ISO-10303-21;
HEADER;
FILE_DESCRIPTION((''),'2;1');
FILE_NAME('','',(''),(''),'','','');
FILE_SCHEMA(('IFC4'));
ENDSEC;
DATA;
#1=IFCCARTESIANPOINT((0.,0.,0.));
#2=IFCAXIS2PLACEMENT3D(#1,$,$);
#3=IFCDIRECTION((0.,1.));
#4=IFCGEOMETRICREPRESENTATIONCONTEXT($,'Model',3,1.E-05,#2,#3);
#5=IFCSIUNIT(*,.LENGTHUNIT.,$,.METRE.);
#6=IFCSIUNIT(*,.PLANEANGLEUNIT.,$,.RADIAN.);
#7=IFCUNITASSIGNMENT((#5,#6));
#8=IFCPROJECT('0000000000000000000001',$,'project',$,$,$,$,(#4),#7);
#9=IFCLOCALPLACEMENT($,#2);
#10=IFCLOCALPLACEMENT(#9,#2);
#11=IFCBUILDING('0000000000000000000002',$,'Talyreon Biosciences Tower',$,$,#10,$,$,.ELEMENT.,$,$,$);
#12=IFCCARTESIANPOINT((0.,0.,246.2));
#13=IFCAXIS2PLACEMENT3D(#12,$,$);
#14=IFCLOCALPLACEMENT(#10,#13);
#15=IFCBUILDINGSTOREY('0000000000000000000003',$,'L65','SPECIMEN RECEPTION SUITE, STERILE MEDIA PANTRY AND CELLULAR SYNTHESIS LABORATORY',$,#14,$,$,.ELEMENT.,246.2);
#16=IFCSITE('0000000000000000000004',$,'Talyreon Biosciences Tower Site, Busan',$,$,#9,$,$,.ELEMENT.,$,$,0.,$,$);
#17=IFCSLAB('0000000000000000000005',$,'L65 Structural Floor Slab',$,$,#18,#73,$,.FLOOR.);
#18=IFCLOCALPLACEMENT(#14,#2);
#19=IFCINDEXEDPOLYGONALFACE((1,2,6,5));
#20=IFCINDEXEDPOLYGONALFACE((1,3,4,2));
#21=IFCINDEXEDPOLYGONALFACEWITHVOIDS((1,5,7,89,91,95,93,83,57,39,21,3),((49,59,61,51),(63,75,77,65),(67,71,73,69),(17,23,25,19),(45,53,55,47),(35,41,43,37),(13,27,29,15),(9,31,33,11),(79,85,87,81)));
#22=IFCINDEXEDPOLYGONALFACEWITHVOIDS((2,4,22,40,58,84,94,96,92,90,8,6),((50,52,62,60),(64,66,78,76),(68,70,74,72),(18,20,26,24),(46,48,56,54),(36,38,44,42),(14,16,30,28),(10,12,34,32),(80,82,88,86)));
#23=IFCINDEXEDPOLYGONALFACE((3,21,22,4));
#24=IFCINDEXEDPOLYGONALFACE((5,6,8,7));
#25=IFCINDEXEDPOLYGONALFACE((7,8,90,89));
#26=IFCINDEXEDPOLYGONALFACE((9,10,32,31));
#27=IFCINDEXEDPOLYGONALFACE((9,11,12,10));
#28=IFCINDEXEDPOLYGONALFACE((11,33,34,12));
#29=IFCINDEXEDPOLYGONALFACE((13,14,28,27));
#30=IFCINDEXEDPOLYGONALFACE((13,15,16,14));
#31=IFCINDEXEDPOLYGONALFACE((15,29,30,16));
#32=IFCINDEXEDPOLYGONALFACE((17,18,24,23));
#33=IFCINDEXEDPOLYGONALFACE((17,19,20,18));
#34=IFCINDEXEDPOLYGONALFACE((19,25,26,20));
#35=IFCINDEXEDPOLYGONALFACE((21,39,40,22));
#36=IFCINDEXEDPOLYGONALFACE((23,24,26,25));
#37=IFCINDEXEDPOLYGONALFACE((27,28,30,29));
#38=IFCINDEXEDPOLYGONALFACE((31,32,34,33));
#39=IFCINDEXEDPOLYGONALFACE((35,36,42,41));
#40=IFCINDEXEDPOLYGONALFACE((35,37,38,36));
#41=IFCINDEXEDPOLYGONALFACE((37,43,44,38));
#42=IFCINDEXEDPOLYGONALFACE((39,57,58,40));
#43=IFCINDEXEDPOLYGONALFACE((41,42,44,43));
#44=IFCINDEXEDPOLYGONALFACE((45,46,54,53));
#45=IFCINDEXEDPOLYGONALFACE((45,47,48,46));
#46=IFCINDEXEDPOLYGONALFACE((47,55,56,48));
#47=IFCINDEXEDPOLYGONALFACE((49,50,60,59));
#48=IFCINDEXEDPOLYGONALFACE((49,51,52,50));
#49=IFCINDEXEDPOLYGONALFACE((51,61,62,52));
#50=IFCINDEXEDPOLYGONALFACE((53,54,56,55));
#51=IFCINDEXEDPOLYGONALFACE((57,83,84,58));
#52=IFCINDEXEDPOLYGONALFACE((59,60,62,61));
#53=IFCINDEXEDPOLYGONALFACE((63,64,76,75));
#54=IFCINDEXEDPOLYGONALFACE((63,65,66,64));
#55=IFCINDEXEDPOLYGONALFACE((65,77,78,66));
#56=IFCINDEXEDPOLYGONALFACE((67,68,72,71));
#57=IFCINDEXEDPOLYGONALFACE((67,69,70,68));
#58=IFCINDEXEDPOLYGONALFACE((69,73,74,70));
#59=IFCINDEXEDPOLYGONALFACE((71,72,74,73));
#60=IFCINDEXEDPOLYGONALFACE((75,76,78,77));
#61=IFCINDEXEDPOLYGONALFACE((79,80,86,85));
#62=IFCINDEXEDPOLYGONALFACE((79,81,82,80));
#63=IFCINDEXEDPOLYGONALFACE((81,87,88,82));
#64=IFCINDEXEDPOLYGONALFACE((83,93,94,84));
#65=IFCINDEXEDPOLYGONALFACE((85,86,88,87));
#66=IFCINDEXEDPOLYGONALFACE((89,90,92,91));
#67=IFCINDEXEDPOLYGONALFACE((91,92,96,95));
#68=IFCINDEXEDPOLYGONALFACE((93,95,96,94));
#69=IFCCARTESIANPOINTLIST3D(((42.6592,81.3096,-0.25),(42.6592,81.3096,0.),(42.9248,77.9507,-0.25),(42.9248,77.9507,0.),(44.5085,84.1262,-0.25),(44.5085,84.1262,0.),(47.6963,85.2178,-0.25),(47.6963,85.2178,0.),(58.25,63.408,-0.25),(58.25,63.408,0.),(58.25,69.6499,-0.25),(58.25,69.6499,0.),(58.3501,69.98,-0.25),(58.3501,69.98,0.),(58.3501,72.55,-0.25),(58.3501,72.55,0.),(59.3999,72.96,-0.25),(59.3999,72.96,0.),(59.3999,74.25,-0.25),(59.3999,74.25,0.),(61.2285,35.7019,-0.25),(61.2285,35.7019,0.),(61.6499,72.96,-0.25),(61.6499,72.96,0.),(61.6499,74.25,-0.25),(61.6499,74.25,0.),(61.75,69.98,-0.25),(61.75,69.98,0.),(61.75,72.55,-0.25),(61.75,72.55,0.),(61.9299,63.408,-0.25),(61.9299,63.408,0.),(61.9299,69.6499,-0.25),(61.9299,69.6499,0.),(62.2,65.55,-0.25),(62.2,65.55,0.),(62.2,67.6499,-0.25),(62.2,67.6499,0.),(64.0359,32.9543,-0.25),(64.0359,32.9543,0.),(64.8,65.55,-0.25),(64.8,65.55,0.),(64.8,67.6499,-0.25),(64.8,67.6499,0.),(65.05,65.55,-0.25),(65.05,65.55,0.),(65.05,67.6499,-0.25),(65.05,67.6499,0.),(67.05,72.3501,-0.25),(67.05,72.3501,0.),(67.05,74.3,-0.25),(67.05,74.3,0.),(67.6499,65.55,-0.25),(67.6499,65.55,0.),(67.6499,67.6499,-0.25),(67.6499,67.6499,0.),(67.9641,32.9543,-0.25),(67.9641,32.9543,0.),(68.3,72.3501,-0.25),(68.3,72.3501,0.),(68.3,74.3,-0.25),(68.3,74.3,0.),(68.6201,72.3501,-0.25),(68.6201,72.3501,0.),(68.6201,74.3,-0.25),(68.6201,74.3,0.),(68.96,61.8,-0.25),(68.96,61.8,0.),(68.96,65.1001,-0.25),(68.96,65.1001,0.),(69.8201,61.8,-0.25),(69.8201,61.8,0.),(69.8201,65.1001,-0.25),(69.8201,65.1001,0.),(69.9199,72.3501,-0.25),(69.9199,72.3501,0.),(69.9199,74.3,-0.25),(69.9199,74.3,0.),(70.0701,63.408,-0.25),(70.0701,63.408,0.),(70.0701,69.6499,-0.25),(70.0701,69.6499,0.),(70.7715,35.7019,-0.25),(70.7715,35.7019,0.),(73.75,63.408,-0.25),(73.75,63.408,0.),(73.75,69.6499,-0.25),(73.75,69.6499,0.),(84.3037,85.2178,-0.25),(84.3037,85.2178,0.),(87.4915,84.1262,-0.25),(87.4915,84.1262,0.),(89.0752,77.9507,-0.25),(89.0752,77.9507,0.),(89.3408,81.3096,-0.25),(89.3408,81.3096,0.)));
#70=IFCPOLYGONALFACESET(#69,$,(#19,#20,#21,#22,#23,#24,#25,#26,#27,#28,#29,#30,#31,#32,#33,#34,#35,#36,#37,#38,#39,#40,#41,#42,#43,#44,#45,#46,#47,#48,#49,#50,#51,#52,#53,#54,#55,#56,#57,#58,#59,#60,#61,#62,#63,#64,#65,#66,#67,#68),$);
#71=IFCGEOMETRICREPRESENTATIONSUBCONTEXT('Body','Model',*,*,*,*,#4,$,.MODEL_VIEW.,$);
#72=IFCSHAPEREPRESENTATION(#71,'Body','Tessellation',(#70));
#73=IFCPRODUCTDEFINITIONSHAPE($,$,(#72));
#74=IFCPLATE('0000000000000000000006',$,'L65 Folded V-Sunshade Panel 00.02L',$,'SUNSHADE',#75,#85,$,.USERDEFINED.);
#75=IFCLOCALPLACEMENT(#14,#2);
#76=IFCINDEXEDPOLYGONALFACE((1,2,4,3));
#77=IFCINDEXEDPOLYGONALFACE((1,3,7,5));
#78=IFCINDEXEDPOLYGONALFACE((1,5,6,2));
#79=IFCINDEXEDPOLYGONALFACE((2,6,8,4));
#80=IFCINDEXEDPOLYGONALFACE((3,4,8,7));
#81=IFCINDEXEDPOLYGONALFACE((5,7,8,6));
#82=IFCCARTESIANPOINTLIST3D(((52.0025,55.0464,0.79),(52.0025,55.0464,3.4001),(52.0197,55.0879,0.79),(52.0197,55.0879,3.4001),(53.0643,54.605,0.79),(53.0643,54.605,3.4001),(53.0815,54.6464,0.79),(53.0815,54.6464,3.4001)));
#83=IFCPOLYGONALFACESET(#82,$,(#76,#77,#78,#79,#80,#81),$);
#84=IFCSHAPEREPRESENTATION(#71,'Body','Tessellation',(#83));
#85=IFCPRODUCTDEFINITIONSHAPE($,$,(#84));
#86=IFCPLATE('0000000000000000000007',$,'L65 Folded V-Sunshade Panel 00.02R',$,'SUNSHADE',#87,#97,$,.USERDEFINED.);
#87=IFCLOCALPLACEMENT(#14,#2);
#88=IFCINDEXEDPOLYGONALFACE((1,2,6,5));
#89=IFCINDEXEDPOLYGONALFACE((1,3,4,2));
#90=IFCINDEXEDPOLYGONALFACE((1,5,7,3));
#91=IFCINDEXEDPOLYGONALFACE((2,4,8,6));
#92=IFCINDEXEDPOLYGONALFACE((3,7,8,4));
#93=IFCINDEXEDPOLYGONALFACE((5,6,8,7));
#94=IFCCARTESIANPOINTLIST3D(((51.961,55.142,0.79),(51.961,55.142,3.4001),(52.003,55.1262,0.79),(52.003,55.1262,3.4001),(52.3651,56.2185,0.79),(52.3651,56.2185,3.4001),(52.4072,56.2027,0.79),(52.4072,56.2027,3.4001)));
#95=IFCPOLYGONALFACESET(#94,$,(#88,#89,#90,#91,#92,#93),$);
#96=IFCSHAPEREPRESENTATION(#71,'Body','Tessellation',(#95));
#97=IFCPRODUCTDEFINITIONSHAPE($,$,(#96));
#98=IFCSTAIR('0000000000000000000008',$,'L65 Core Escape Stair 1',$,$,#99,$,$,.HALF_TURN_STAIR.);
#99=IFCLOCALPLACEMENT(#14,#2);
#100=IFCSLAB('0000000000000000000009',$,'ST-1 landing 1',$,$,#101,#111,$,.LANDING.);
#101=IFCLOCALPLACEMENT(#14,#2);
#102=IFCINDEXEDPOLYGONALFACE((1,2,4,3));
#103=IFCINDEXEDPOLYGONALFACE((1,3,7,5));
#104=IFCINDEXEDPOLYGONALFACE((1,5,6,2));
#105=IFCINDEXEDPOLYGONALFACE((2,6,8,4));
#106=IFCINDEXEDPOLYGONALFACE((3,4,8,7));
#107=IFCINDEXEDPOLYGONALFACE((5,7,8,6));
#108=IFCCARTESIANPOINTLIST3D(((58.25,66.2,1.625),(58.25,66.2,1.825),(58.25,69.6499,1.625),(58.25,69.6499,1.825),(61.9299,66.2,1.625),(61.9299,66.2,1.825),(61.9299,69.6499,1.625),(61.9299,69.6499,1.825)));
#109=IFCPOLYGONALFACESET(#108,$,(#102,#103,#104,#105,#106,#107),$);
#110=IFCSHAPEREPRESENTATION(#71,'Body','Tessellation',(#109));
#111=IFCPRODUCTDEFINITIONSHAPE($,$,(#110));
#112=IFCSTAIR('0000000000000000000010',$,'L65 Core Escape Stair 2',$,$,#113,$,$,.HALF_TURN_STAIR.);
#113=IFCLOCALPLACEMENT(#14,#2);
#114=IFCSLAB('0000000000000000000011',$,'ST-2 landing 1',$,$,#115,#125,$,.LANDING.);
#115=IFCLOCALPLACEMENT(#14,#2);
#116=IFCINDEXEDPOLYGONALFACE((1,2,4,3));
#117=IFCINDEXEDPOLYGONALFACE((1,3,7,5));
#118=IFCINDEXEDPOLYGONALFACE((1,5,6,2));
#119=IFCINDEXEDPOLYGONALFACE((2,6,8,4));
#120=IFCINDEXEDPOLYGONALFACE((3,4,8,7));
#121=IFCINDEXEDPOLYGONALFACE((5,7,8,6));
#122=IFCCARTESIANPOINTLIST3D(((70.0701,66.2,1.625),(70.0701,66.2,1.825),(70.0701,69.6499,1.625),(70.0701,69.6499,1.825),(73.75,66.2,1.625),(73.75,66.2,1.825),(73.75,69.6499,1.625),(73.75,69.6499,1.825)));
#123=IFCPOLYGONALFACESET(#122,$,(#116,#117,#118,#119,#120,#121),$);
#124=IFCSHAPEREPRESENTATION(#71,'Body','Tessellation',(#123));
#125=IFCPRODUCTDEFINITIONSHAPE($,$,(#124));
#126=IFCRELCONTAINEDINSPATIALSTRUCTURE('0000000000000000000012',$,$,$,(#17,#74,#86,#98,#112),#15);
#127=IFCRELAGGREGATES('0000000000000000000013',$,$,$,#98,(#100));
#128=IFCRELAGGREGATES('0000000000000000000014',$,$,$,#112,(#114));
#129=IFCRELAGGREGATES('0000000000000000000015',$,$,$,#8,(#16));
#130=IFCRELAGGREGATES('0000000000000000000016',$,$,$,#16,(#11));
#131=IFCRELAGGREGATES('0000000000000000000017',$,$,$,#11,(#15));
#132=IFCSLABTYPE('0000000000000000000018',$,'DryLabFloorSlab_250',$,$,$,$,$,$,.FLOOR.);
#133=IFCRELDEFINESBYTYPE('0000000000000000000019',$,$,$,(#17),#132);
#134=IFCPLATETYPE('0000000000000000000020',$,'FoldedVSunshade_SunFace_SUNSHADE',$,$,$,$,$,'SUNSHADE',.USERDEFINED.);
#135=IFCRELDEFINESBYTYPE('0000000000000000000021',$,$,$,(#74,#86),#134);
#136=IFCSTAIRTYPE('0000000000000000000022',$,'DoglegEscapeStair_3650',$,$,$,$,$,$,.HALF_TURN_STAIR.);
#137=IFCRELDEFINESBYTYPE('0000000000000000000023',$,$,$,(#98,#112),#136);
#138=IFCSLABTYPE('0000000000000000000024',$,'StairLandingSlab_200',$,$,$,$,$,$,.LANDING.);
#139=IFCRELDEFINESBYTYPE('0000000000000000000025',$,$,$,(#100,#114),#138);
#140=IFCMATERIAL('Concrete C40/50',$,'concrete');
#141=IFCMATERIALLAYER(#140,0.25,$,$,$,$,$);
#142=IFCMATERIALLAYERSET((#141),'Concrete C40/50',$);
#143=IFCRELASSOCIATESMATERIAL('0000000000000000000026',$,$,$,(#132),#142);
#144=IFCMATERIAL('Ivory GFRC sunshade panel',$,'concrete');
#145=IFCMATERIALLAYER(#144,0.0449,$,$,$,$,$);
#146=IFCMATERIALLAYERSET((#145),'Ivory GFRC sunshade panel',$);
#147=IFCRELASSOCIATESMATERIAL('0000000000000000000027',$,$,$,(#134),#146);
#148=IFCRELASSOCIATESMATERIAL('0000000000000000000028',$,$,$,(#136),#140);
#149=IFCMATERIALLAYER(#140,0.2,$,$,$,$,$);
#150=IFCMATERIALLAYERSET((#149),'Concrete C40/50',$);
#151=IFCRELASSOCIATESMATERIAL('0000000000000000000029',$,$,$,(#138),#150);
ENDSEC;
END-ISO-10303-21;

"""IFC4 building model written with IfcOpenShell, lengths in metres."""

from ifc_helpers import new_model, si_unit, direction, frame, origin, origin_2d, place, context, subcontext, project, spatial, polyline, rectangle, outline, extrude, material, layer, layer_set, type_object, element, aggregate, save


model = new_model("IFC4")

# Units and contexts
model_context = context("Model", 3, precision=1e-05, world=origin(), true_north=direction((0.0, 1.0)))
body_context = subcontext(model_context, "Body", "Model", "MODEL_VIEW")
ifc_project = project(units=[si_unit("LENGTHUNIT", "METRE"), si_unit("PLANEANGLEUNIT", "RADIAN")], contexts=[model_context])

# Site, building, storey
site_placement = place(None, origin())
site = spatial("IfcSite", under=ifc_project, at=site_placement, Name="Talyreon Biosciences Tower Site, Busan", CompositionType="ELEMENT", RefElevation=0.0)
building_placement = place(site_placement, origin())
building = spatial("IfcBuilding", under=site, at=building_placement, Name="Talyreon Biosciences Tower", CompositionType="ELEMENT")
storey_placement = place(building_placement, frame((0.0, 0.0, 246.2)))
storey = spatial("IfcBuildingStorey", under=building, at=storey_placement, Name="L65", Description="SPECIMEN RECEPTION SUITE, STERILE MEDIA PANTRY AND CELLULAR SYNTHESIS LABORATORY", CompositionType="ELEMENT", Elevation=246.2)

# Slab
ifc_material_1 = material(Name="Concrete C40/50", Category="concrete")
ifc_layer_1 = layer(ifc_material_1, 0.25)
ifc_layer_set_1 = layer_set([ifc_layer_1], Name="Concrete C40/50")
slab_type_1 = type_object("IfcSlabType", Name="DryLabFloorSlab_250", PredefinedType="FLOOR", material=ifc_layer_set_1)
slab_1_placement = place(storey_placement, frame((0.0, 0.0, -0.25)))
element("IfcSlab", 1, at=slab_1_placement, inside=storey, type_object=slab_type_1, Name="L65 Structural Floor Slab", PredefinedType="FLOOR", context=body_context, shape_type="SweptSolid", body=[
    extrude(outline(polyline([(61.2285, 35.7019), (42.9248, 77.9507), (42.6592, 81.3096), (44.5085, 84.1262), (47.6963, 85.2178), (84.3037, 85.2178), (87.4915, 84.1262), (89.3408, 81.3096), (89.0752, 77.9507), (70.7715, 35.7019), (67.9641, 32.9543), (64.0359, 32.9543), (61.2285, 35.7019)]), holes=[polyline([(69.8201, 65.1001), (69.8201, 61.8), (68.96, 61.8), (68.96, 65.1001), (69.8201, 65.1001)]), polyline([(61.9299, 69.6499), (61.9299, 63.408), (58.25, 63.408), (58.25, 69.6499), (61.9299, 69.6499)]), polyline([(73.75, 69.6499), (73.75, 63.408), (70.0701, 63.408), (70.0701, 69.6499), (73.75, 69.6499)]), polyline([(64.8, 67.6499), (64.8, 65.55), (62.2, 65.55), (62.2, 67.6499), (64.8, 67.6499)]), polyline([(67.6499, 67.6499), (67.6499, 65.55), (65.05, 65.55), (65.05, 67.6499), (67.6499, 67.6499)]), polyline([(61.75, 72.55), (61.75, 69.98), (58.3501, 69.98), (58.3501, 72.55), (61.75, 72.55)]), polyline([(68.3, 74.3), (68.3, 72.3501), (67.05, 72.3501), (67.05, 74.3), (68.3, 74.3)]), polyline([(69.9199, 72.3501), (68.6201, 72.3501), (68.6201, 74.3), (69.9199, 74.3), (69.9199, 72.3501)]), polyline([(61.6499, 72.96), (59.3999, 72.96), (59.3999, 74.25), (61.6499, 74.25), (61.6499, 72.96)])]), origin(), (0.0, 0.0, 1.0), 0.25),
])

# Plates
ifc_material_2 = material(Name="Ivory GFRC sunshade panel", Category="concrete")
ifc_layer_2 = layer(ifc_material_2, 0.0449)
ifc_layer_set_2 = layer_set([ifc_layer_2], Name="Ivory GFRC sunshade panel")
plate_type_1 = type_object("IfcPlateType", Name="FoldedVSunshade_SunFace_SUNSHADE", ElementType="SUNSHADE", PredefinedType="USERDEFINED", material=ifc_layer_set_2)
for number, where, z_axis, x_axis, name in (
    (2, (52.542, 54.8464, 0.79), (0.0, 0.0, 1.0), (-0.923371, 0.383909, 0.0), "L65 Folded V-Sunshade Panel 00.02L"),
    (3, (52.1841, 55.6724, 0.79), (0.0, 0.0, 1.0), (0.35145, 0.936207, 0.0), "L65 Folded V-Sunshade Panel 00.02R"),
):
    element("IfcPlate", number, at=place(storey_placement, frame(where, z_axis=z_axis, x_axis=x_axis)), inside=storey, type_object=plate_type_1, Name=name, ObjectType="SUNSHADE", PredefinedType="USERDEFINED", context=body_context, shape_type="SweptSolid", body=[
        extrude(rectangle(XDim=1.1499, YDim=0.0449, at=origin_2d()), origin(), (0.0, 0.0, 1.0), 2.6101),
    ])

# Stairs, slabs
stair_type = type_object("IfcStairType", Name="DoglegEscapeStair_3650", PredefinedType="HALF_TURN_STAIR", material=ifc_material_1)
stair_1_placement = place(storey_placement, origin())
stair_1 = element("IfcStair", 4, at=stair_1_placement, inside=storey, type_object=stair_type, Name="L65 Core Escape Stair 1", PredefinedType="HALF_TURN_STAIR")
ifc_layer_3 = layer(ifc_material_1, 0.2)
ifc_layer_set_3 = layer_set([ifc_layer_3], Name="Concrete C40/50")
slab_type_2 = type_object("IfcSlabType", Name="StairLandingSlab_200", PredefinedType="LANDING", material=ifc_layer_set_3)
slab_2_placement = place(storey_placement, frame((0.0, 0.0, 1.625)))
slab_2 = element("IfcSlab", 5, at=slab_2_placement, type_object=slab_type_2, Name="ST-1 landing 1", PredefinedType="LANDING", context=body_context, shape_type="SweptSolid", body=[
    extrude(outline(polyline([(61.9299, 66.2), (61.9299, 69.6499), (58.25, 69.6499), (58.25, 66.2), (61.9299, 66.2)])), origin(), (0.0, 0.0, 1.0), 0.2),
])
aggregate(stair_1, [slab_2])
stair_2_placement = place(storey_placement, origin())
stair_2 = element("IfcStair", 6, at=stair_2_placement, inside=storey, type_object=stair_type, Name="L65 Core Escape Stair 2", PredefinedType="HALF_TURN_STAIR")
slab_3_placement = place(storey_placement, frame((0.0, 0.0, 1.625)))
slab_3 = element("IfcSlab", 7, at=slab_3_placement, type_object=slab_type_2, Name="ST-2 landing 1", PredefinedType="LANDING", context=body_context, shape_type="SweptSolid", body=[
    extrude(outline(polyline([(73.75, 66.2), (73.75, 69.6499), (70.0701, 69.6499), (70.0701, 66.2), (73.75, 66.2)])), origin(), (0.0, 0.0, 1.0), 0.2),
])
aggregate(stair_2, [slab_3])

save(model, "model.ifc")
